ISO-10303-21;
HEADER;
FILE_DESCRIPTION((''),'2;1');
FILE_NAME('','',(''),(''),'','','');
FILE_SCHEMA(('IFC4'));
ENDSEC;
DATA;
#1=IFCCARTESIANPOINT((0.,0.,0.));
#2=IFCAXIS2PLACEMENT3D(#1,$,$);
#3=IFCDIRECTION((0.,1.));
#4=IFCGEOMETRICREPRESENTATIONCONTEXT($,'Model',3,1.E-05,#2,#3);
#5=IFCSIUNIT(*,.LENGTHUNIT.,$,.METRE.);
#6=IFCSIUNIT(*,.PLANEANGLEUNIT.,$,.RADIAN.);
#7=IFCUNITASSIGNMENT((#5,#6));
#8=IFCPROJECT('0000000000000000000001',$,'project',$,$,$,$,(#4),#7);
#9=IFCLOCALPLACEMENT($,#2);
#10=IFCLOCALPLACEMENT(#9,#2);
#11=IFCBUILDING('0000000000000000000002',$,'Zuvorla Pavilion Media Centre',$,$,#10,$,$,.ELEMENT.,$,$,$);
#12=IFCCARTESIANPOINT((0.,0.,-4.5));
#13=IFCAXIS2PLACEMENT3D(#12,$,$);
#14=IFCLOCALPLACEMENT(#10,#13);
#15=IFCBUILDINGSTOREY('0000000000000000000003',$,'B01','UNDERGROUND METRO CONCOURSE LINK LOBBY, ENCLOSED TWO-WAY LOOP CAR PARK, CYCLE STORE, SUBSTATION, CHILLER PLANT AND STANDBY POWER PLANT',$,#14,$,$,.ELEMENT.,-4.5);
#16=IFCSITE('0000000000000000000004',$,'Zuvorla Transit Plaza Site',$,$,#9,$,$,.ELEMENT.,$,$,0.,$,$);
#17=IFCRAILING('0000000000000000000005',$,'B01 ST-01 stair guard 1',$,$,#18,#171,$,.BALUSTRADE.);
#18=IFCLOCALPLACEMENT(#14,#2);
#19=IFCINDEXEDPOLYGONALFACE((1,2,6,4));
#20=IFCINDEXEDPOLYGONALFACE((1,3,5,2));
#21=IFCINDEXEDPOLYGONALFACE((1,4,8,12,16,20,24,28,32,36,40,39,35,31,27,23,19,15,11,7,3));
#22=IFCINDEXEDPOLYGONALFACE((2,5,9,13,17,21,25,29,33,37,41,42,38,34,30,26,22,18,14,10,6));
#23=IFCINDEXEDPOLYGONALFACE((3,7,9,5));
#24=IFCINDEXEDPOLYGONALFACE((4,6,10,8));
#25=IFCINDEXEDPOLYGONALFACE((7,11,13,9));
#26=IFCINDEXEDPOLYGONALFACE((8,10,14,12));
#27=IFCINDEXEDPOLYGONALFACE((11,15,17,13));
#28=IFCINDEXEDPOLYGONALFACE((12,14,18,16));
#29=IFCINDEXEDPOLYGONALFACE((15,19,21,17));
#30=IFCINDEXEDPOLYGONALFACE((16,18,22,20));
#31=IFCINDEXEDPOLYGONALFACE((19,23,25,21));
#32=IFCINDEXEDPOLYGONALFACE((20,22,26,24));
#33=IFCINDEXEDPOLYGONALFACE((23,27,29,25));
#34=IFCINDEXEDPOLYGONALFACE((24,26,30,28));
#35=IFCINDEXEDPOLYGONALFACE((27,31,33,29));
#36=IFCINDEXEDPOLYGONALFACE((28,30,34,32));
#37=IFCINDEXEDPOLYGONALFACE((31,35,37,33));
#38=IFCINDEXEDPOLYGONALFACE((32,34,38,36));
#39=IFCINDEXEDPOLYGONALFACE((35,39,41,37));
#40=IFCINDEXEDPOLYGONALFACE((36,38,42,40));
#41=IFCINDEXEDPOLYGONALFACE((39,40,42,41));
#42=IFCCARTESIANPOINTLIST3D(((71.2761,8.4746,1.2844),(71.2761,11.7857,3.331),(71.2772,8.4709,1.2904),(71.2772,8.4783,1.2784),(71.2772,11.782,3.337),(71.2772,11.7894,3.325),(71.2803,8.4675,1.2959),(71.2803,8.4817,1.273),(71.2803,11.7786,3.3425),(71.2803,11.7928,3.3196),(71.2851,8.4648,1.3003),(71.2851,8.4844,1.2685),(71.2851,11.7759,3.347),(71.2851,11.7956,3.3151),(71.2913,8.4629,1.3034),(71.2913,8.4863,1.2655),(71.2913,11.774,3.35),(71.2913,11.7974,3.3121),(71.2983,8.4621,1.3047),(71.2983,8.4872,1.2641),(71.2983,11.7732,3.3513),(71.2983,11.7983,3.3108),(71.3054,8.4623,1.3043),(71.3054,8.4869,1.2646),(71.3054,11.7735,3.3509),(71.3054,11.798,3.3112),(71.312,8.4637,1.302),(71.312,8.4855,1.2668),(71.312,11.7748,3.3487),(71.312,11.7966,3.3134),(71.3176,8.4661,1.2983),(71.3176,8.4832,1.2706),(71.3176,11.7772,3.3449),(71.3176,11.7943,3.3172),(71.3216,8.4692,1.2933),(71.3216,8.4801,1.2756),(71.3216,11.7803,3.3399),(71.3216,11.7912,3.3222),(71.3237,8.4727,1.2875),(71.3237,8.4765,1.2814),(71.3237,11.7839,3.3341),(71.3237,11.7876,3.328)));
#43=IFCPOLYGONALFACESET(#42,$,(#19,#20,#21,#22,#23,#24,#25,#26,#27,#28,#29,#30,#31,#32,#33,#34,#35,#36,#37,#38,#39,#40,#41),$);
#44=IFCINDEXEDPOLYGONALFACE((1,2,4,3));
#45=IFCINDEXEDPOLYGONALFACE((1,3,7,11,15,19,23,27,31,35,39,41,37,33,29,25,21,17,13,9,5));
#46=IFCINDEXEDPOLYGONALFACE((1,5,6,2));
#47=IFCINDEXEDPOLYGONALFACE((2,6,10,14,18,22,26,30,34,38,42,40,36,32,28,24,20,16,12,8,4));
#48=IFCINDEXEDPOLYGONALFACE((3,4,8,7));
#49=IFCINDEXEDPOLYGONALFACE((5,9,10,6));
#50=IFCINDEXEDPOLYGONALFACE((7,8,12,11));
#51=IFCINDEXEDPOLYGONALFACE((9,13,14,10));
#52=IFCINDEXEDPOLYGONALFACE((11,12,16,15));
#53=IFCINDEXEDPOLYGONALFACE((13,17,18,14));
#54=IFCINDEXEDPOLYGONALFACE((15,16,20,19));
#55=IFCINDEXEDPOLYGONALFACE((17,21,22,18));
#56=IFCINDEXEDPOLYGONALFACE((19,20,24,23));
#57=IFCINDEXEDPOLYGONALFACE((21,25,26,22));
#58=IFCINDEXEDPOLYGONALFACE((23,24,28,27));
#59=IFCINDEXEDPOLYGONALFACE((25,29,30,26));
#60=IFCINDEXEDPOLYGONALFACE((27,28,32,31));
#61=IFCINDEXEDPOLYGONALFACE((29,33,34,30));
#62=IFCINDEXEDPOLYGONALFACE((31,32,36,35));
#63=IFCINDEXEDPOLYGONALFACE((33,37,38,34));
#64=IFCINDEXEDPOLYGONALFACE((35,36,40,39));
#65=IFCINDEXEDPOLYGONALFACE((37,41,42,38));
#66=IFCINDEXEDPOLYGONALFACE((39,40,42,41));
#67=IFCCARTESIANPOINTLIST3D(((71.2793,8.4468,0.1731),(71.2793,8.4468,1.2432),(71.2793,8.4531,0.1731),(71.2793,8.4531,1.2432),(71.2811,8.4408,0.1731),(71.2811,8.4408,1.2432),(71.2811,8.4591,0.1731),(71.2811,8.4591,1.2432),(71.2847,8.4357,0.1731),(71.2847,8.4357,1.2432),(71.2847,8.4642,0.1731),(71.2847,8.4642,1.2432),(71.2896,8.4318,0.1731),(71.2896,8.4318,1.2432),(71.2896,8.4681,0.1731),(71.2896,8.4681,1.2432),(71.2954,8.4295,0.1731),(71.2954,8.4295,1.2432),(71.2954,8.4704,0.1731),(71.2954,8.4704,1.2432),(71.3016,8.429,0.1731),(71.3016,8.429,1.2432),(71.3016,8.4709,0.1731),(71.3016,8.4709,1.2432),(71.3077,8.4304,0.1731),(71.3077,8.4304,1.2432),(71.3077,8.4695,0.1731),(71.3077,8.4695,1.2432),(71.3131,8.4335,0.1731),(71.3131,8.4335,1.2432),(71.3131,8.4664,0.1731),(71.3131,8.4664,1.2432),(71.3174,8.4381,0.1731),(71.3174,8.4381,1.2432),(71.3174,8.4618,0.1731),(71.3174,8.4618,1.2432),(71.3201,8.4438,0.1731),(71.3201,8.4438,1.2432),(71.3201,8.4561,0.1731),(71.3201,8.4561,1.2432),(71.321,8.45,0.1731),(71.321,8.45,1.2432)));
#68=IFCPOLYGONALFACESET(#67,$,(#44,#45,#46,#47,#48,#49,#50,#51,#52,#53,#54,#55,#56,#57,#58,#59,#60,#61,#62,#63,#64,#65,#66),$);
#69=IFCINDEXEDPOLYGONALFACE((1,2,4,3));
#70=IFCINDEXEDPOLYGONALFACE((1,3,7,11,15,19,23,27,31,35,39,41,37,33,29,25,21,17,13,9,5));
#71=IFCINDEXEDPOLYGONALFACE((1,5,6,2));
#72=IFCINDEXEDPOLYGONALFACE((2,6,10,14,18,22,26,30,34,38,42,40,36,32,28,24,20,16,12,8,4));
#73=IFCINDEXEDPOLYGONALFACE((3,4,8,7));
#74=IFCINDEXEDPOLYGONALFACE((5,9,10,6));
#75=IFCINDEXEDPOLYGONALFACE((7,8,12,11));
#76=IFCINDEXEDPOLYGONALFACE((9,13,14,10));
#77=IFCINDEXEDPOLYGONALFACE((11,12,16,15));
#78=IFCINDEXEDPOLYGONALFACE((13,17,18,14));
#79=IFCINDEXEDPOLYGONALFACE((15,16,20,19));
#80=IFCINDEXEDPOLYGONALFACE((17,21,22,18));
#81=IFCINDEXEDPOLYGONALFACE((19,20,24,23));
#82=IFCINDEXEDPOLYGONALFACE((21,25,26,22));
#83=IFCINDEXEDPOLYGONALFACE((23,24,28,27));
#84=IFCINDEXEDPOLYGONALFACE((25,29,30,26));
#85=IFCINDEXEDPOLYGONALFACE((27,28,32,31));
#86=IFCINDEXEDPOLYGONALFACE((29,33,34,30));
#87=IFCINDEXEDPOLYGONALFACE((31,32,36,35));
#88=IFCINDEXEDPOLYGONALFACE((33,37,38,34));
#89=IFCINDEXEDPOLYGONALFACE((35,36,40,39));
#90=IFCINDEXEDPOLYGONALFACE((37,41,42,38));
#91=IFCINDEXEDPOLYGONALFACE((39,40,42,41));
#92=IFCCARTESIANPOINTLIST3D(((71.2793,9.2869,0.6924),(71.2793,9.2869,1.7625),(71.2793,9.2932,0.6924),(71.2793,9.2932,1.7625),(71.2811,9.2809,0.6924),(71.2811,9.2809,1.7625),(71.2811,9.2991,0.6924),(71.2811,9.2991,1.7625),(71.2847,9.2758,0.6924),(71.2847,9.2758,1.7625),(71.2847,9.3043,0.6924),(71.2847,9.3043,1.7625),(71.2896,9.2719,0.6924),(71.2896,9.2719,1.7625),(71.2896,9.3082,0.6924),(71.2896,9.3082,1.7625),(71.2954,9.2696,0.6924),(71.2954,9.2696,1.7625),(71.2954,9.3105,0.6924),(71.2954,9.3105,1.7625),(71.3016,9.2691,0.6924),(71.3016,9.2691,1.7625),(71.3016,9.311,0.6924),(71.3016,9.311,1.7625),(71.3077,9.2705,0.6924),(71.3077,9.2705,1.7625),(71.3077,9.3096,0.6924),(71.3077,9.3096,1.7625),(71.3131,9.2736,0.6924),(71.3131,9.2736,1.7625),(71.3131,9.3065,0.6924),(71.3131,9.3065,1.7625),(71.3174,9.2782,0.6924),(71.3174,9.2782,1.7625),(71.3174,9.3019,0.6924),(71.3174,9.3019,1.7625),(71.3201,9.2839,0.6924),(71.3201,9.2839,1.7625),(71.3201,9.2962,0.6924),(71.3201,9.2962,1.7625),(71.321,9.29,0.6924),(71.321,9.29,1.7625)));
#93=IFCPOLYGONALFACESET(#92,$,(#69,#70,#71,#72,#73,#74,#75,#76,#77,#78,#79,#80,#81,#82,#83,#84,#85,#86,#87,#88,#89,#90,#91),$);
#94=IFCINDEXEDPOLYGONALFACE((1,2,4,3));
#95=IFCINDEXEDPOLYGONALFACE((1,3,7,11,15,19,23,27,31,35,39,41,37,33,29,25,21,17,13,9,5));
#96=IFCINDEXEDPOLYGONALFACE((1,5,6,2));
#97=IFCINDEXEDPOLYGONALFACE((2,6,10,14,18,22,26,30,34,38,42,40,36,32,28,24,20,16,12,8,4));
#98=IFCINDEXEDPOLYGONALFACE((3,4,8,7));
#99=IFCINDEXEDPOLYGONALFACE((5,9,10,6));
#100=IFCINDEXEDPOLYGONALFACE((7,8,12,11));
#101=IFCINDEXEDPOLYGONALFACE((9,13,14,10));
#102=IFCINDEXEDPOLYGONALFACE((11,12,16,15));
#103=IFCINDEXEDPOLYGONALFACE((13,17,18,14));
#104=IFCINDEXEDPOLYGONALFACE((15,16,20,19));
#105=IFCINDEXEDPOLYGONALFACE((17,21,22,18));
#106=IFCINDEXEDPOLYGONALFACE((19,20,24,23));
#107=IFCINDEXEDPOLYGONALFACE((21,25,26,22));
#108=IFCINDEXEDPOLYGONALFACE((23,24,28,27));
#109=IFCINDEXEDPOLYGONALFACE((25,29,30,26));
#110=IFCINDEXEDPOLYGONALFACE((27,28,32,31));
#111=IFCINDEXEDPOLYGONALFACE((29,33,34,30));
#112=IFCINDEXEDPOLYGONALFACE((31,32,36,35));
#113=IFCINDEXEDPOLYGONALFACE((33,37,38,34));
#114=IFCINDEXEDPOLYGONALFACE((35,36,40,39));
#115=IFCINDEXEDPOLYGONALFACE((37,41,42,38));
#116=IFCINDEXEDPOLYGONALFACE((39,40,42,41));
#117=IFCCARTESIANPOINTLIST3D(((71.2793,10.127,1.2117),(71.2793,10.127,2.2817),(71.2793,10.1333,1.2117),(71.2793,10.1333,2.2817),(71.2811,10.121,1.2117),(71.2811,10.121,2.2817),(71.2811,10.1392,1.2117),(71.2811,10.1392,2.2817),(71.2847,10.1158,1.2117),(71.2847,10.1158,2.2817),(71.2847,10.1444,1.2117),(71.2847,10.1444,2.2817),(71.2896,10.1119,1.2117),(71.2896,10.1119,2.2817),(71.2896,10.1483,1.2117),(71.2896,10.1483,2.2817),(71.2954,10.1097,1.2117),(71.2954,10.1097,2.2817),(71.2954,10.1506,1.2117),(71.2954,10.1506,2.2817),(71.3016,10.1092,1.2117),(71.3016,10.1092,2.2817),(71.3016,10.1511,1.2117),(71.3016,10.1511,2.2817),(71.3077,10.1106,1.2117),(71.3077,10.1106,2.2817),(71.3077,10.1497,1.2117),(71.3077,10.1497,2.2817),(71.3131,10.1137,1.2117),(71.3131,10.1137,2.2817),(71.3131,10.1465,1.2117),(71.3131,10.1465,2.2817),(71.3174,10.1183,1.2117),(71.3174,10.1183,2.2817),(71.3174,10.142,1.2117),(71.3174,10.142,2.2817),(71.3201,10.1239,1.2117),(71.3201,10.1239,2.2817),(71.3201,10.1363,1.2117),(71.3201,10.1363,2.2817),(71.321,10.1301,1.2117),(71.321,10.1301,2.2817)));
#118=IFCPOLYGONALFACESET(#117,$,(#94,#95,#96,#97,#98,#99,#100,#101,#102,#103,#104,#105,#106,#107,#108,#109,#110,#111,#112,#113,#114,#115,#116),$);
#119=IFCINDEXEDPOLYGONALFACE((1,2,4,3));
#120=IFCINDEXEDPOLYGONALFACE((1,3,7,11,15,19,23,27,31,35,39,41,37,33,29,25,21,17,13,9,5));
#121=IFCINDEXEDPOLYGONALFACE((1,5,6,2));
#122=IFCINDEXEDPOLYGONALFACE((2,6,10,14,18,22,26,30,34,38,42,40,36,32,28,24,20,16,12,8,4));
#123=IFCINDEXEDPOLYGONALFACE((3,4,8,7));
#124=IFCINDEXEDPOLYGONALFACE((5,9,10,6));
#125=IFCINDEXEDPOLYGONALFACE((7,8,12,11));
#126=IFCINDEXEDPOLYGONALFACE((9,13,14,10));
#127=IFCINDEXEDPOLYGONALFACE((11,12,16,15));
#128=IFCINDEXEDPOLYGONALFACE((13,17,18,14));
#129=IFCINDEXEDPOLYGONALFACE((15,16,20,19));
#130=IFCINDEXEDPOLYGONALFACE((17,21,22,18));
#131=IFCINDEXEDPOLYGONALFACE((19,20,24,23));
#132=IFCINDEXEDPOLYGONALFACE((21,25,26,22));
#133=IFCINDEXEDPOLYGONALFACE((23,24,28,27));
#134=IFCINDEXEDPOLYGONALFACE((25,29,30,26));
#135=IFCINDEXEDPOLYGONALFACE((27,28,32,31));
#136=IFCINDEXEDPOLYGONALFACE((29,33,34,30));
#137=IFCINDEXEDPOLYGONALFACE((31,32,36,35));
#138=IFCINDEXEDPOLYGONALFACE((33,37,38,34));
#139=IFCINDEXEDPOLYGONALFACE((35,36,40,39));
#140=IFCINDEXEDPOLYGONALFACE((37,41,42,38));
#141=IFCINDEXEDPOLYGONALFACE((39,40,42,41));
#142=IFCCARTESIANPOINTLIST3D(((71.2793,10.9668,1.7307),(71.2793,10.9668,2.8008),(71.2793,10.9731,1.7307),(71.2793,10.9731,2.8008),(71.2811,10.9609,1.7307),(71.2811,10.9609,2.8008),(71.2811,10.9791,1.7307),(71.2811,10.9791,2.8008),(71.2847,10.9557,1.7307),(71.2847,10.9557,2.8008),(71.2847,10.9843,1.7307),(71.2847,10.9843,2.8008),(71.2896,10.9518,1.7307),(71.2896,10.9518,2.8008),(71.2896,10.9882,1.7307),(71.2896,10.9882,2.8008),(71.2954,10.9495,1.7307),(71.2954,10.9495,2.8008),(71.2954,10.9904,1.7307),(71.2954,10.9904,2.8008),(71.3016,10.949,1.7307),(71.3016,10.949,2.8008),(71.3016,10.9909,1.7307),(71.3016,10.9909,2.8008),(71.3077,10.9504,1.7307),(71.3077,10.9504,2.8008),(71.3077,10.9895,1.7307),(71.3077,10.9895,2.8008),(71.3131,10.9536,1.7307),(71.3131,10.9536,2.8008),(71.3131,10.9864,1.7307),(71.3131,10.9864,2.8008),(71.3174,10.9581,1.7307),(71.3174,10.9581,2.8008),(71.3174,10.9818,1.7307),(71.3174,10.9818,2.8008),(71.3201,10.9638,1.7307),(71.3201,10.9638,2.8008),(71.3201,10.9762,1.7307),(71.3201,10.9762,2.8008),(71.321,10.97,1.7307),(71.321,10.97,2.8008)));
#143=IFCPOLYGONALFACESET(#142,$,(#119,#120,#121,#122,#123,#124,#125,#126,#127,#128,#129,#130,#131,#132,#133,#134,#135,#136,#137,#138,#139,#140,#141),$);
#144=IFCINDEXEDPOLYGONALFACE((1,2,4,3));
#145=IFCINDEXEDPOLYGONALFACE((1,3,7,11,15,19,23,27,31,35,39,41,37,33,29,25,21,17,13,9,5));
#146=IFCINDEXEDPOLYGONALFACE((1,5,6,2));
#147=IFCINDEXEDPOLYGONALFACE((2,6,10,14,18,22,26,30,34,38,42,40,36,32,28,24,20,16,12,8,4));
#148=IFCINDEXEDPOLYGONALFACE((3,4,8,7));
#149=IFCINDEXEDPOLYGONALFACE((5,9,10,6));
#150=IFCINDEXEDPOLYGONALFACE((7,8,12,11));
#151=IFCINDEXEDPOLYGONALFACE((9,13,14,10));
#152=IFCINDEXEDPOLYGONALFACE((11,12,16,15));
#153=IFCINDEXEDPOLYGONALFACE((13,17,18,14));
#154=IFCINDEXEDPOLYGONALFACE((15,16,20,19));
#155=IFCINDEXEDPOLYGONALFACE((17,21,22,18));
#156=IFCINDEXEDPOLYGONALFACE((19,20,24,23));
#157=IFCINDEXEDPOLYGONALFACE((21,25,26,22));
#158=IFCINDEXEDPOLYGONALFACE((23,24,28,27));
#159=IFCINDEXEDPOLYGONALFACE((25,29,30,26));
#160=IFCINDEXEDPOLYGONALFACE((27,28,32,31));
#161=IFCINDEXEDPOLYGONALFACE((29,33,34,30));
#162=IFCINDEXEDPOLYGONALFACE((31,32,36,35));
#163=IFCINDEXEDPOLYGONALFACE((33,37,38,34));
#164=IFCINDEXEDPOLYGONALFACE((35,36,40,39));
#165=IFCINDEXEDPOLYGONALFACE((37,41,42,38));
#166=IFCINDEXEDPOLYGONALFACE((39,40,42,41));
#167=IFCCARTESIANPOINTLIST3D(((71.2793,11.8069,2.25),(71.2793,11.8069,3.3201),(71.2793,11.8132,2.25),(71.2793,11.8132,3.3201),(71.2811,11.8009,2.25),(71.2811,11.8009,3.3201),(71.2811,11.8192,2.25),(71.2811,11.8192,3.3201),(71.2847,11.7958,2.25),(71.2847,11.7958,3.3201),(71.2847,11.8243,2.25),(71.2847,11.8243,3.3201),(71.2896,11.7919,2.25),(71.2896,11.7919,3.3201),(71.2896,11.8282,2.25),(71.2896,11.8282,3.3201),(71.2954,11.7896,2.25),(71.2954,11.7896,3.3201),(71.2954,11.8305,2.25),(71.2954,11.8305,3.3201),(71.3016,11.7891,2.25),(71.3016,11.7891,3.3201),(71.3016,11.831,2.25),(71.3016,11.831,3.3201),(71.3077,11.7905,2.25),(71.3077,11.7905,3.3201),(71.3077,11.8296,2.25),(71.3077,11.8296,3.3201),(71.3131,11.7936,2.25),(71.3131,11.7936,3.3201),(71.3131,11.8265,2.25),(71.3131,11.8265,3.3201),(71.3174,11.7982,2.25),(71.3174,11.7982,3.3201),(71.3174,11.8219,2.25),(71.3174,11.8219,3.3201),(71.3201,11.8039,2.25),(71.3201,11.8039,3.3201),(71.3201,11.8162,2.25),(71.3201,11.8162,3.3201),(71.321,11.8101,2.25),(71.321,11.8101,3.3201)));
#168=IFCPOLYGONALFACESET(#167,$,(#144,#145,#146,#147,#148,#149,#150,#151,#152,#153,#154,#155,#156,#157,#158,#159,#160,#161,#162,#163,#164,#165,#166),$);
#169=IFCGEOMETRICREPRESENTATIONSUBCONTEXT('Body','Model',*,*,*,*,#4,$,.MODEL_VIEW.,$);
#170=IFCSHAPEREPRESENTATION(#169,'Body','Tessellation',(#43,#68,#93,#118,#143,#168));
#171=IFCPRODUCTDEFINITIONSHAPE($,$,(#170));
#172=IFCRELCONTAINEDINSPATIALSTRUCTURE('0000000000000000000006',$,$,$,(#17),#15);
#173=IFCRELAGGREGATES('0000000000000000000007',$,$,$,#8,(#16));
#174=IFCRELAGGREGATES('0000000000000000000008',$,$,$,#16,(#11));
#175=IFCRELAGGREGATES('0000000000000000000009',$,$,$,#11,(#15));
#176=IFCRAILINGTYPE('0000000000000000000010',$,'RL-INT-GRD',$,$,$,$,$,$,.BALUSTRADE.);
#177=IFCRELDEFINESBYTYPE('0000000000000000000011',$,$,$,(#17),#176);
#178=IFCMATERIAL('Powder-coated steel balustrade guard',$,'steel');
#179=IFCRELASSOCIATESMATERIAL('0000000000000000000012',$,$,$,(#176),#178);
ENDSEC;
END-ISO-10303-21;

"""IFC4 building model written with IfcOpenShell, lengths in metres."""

from ifc_helpers import new_model, si_unit, direction, frame, origin, origin_2d, place, context, subcontext, project, spatial, circle, extrude, material, type_object, element, save


model = new_model("IFC4")

# Units and contexts
model_context = context("Model", 3, precision=1e-05, world=origin(), true_north=direction((0.0, 1.0)))
body_context = subcontext(model_context, "Body", "Model", "MODEL_VIEW")
ifc_project = project(units=[si_unit("LENGTHUNIT", "METRE"), si_unit("PLANEANGLEUNIT", "RADIAN")], contexts=[model_context])

# Site, building, storey
site_placement = place(None, origin())
site = spatial("IfcSite", under=ifc_project, at=site_placement, Name="Zuvorla Transit Plaza Site", CompositionType="ELEMENT", RefElevation=0.0)
building_placement = place(site_placement, origin())
building = spatial("IfcBuilding", under=site, at=building_placement, Name="Zuvorla Pavilion Media Centre", CompositionType="ELEMENT")
storey_placement = place(building_placement, frame((0.0, 0.0, -4.5)))
storey = spatial("IfcBuildingStorey", under=building, at=storey_placement, Name="B01", Description="UNDERGROUND METRO CONCOURSE LINK LOBBY, ENCLOSED TWO-WAY LOOP CAR PARK, CYCLE STORE, SUBSTATION, CHILLER PLANT AND STANDBY POWER PLANT", CompositionType="ELEMENT", Elevation=-4.5)

# Railing
ifc_material_1 = material(Name="Powder-coated steel balustrade guard", Category="steel")
railing_type_1 = type_object("IfcRailingType", Name="RL-INT-GRD", PredefinedType="BALUSTRADE", material=ifc_material_1)
railing_1_placement = place(storey_placement, frame((71.3, 8.45, 0.1731)))
element("IfcRailing", 1, at=railing_1_placement, inside=storey, type_object=railing_type_1, Name="B01 ST-01 stair guard 1", PredefinedType="BALUSTRADE", context=body_context, shape_type="SweptSolid", body=[
    extrude(circle(Radius=0.0239, at=origin_2d()), frame((0.0, 0.0247, 1.1113), z_axis=(0.0, 0.850623, 0.525776), x_axis=(-1.0, 0.0, 0.0)), (0.0, 0.0, 1.0), 3.8926),
    extrude(circle(Radius=0.021, at=origin_2d()), origin(), (0.0, 0.0, 1.0), 1.0701),
    extrude(circle(Radius=0.021, at=origin_2d()), frame((0.0, 0.8401, 0.5193)), (0.0, 0.0, 1.0), 1.0701),
    extrude(circle(Radius=0.021, at=origin_2d()), frame((0.0, 1.6802, 1.0386)), (0.0, 0.0, 1.0), 1.0701),
    extrude(circle(Radius=0.021, at=origin_2d()), frame((0.0, 2.52, 1.5576)), (0.0, 0.0, 1.0), 1.0701),
    extrude(circle(Radius=0.021, at=origin_2d()), frame((0.0, 3.3601, 2.0769)), (0.0, 0.0, 1.0), 1.0701),
])

save(model, "model.ifc")
